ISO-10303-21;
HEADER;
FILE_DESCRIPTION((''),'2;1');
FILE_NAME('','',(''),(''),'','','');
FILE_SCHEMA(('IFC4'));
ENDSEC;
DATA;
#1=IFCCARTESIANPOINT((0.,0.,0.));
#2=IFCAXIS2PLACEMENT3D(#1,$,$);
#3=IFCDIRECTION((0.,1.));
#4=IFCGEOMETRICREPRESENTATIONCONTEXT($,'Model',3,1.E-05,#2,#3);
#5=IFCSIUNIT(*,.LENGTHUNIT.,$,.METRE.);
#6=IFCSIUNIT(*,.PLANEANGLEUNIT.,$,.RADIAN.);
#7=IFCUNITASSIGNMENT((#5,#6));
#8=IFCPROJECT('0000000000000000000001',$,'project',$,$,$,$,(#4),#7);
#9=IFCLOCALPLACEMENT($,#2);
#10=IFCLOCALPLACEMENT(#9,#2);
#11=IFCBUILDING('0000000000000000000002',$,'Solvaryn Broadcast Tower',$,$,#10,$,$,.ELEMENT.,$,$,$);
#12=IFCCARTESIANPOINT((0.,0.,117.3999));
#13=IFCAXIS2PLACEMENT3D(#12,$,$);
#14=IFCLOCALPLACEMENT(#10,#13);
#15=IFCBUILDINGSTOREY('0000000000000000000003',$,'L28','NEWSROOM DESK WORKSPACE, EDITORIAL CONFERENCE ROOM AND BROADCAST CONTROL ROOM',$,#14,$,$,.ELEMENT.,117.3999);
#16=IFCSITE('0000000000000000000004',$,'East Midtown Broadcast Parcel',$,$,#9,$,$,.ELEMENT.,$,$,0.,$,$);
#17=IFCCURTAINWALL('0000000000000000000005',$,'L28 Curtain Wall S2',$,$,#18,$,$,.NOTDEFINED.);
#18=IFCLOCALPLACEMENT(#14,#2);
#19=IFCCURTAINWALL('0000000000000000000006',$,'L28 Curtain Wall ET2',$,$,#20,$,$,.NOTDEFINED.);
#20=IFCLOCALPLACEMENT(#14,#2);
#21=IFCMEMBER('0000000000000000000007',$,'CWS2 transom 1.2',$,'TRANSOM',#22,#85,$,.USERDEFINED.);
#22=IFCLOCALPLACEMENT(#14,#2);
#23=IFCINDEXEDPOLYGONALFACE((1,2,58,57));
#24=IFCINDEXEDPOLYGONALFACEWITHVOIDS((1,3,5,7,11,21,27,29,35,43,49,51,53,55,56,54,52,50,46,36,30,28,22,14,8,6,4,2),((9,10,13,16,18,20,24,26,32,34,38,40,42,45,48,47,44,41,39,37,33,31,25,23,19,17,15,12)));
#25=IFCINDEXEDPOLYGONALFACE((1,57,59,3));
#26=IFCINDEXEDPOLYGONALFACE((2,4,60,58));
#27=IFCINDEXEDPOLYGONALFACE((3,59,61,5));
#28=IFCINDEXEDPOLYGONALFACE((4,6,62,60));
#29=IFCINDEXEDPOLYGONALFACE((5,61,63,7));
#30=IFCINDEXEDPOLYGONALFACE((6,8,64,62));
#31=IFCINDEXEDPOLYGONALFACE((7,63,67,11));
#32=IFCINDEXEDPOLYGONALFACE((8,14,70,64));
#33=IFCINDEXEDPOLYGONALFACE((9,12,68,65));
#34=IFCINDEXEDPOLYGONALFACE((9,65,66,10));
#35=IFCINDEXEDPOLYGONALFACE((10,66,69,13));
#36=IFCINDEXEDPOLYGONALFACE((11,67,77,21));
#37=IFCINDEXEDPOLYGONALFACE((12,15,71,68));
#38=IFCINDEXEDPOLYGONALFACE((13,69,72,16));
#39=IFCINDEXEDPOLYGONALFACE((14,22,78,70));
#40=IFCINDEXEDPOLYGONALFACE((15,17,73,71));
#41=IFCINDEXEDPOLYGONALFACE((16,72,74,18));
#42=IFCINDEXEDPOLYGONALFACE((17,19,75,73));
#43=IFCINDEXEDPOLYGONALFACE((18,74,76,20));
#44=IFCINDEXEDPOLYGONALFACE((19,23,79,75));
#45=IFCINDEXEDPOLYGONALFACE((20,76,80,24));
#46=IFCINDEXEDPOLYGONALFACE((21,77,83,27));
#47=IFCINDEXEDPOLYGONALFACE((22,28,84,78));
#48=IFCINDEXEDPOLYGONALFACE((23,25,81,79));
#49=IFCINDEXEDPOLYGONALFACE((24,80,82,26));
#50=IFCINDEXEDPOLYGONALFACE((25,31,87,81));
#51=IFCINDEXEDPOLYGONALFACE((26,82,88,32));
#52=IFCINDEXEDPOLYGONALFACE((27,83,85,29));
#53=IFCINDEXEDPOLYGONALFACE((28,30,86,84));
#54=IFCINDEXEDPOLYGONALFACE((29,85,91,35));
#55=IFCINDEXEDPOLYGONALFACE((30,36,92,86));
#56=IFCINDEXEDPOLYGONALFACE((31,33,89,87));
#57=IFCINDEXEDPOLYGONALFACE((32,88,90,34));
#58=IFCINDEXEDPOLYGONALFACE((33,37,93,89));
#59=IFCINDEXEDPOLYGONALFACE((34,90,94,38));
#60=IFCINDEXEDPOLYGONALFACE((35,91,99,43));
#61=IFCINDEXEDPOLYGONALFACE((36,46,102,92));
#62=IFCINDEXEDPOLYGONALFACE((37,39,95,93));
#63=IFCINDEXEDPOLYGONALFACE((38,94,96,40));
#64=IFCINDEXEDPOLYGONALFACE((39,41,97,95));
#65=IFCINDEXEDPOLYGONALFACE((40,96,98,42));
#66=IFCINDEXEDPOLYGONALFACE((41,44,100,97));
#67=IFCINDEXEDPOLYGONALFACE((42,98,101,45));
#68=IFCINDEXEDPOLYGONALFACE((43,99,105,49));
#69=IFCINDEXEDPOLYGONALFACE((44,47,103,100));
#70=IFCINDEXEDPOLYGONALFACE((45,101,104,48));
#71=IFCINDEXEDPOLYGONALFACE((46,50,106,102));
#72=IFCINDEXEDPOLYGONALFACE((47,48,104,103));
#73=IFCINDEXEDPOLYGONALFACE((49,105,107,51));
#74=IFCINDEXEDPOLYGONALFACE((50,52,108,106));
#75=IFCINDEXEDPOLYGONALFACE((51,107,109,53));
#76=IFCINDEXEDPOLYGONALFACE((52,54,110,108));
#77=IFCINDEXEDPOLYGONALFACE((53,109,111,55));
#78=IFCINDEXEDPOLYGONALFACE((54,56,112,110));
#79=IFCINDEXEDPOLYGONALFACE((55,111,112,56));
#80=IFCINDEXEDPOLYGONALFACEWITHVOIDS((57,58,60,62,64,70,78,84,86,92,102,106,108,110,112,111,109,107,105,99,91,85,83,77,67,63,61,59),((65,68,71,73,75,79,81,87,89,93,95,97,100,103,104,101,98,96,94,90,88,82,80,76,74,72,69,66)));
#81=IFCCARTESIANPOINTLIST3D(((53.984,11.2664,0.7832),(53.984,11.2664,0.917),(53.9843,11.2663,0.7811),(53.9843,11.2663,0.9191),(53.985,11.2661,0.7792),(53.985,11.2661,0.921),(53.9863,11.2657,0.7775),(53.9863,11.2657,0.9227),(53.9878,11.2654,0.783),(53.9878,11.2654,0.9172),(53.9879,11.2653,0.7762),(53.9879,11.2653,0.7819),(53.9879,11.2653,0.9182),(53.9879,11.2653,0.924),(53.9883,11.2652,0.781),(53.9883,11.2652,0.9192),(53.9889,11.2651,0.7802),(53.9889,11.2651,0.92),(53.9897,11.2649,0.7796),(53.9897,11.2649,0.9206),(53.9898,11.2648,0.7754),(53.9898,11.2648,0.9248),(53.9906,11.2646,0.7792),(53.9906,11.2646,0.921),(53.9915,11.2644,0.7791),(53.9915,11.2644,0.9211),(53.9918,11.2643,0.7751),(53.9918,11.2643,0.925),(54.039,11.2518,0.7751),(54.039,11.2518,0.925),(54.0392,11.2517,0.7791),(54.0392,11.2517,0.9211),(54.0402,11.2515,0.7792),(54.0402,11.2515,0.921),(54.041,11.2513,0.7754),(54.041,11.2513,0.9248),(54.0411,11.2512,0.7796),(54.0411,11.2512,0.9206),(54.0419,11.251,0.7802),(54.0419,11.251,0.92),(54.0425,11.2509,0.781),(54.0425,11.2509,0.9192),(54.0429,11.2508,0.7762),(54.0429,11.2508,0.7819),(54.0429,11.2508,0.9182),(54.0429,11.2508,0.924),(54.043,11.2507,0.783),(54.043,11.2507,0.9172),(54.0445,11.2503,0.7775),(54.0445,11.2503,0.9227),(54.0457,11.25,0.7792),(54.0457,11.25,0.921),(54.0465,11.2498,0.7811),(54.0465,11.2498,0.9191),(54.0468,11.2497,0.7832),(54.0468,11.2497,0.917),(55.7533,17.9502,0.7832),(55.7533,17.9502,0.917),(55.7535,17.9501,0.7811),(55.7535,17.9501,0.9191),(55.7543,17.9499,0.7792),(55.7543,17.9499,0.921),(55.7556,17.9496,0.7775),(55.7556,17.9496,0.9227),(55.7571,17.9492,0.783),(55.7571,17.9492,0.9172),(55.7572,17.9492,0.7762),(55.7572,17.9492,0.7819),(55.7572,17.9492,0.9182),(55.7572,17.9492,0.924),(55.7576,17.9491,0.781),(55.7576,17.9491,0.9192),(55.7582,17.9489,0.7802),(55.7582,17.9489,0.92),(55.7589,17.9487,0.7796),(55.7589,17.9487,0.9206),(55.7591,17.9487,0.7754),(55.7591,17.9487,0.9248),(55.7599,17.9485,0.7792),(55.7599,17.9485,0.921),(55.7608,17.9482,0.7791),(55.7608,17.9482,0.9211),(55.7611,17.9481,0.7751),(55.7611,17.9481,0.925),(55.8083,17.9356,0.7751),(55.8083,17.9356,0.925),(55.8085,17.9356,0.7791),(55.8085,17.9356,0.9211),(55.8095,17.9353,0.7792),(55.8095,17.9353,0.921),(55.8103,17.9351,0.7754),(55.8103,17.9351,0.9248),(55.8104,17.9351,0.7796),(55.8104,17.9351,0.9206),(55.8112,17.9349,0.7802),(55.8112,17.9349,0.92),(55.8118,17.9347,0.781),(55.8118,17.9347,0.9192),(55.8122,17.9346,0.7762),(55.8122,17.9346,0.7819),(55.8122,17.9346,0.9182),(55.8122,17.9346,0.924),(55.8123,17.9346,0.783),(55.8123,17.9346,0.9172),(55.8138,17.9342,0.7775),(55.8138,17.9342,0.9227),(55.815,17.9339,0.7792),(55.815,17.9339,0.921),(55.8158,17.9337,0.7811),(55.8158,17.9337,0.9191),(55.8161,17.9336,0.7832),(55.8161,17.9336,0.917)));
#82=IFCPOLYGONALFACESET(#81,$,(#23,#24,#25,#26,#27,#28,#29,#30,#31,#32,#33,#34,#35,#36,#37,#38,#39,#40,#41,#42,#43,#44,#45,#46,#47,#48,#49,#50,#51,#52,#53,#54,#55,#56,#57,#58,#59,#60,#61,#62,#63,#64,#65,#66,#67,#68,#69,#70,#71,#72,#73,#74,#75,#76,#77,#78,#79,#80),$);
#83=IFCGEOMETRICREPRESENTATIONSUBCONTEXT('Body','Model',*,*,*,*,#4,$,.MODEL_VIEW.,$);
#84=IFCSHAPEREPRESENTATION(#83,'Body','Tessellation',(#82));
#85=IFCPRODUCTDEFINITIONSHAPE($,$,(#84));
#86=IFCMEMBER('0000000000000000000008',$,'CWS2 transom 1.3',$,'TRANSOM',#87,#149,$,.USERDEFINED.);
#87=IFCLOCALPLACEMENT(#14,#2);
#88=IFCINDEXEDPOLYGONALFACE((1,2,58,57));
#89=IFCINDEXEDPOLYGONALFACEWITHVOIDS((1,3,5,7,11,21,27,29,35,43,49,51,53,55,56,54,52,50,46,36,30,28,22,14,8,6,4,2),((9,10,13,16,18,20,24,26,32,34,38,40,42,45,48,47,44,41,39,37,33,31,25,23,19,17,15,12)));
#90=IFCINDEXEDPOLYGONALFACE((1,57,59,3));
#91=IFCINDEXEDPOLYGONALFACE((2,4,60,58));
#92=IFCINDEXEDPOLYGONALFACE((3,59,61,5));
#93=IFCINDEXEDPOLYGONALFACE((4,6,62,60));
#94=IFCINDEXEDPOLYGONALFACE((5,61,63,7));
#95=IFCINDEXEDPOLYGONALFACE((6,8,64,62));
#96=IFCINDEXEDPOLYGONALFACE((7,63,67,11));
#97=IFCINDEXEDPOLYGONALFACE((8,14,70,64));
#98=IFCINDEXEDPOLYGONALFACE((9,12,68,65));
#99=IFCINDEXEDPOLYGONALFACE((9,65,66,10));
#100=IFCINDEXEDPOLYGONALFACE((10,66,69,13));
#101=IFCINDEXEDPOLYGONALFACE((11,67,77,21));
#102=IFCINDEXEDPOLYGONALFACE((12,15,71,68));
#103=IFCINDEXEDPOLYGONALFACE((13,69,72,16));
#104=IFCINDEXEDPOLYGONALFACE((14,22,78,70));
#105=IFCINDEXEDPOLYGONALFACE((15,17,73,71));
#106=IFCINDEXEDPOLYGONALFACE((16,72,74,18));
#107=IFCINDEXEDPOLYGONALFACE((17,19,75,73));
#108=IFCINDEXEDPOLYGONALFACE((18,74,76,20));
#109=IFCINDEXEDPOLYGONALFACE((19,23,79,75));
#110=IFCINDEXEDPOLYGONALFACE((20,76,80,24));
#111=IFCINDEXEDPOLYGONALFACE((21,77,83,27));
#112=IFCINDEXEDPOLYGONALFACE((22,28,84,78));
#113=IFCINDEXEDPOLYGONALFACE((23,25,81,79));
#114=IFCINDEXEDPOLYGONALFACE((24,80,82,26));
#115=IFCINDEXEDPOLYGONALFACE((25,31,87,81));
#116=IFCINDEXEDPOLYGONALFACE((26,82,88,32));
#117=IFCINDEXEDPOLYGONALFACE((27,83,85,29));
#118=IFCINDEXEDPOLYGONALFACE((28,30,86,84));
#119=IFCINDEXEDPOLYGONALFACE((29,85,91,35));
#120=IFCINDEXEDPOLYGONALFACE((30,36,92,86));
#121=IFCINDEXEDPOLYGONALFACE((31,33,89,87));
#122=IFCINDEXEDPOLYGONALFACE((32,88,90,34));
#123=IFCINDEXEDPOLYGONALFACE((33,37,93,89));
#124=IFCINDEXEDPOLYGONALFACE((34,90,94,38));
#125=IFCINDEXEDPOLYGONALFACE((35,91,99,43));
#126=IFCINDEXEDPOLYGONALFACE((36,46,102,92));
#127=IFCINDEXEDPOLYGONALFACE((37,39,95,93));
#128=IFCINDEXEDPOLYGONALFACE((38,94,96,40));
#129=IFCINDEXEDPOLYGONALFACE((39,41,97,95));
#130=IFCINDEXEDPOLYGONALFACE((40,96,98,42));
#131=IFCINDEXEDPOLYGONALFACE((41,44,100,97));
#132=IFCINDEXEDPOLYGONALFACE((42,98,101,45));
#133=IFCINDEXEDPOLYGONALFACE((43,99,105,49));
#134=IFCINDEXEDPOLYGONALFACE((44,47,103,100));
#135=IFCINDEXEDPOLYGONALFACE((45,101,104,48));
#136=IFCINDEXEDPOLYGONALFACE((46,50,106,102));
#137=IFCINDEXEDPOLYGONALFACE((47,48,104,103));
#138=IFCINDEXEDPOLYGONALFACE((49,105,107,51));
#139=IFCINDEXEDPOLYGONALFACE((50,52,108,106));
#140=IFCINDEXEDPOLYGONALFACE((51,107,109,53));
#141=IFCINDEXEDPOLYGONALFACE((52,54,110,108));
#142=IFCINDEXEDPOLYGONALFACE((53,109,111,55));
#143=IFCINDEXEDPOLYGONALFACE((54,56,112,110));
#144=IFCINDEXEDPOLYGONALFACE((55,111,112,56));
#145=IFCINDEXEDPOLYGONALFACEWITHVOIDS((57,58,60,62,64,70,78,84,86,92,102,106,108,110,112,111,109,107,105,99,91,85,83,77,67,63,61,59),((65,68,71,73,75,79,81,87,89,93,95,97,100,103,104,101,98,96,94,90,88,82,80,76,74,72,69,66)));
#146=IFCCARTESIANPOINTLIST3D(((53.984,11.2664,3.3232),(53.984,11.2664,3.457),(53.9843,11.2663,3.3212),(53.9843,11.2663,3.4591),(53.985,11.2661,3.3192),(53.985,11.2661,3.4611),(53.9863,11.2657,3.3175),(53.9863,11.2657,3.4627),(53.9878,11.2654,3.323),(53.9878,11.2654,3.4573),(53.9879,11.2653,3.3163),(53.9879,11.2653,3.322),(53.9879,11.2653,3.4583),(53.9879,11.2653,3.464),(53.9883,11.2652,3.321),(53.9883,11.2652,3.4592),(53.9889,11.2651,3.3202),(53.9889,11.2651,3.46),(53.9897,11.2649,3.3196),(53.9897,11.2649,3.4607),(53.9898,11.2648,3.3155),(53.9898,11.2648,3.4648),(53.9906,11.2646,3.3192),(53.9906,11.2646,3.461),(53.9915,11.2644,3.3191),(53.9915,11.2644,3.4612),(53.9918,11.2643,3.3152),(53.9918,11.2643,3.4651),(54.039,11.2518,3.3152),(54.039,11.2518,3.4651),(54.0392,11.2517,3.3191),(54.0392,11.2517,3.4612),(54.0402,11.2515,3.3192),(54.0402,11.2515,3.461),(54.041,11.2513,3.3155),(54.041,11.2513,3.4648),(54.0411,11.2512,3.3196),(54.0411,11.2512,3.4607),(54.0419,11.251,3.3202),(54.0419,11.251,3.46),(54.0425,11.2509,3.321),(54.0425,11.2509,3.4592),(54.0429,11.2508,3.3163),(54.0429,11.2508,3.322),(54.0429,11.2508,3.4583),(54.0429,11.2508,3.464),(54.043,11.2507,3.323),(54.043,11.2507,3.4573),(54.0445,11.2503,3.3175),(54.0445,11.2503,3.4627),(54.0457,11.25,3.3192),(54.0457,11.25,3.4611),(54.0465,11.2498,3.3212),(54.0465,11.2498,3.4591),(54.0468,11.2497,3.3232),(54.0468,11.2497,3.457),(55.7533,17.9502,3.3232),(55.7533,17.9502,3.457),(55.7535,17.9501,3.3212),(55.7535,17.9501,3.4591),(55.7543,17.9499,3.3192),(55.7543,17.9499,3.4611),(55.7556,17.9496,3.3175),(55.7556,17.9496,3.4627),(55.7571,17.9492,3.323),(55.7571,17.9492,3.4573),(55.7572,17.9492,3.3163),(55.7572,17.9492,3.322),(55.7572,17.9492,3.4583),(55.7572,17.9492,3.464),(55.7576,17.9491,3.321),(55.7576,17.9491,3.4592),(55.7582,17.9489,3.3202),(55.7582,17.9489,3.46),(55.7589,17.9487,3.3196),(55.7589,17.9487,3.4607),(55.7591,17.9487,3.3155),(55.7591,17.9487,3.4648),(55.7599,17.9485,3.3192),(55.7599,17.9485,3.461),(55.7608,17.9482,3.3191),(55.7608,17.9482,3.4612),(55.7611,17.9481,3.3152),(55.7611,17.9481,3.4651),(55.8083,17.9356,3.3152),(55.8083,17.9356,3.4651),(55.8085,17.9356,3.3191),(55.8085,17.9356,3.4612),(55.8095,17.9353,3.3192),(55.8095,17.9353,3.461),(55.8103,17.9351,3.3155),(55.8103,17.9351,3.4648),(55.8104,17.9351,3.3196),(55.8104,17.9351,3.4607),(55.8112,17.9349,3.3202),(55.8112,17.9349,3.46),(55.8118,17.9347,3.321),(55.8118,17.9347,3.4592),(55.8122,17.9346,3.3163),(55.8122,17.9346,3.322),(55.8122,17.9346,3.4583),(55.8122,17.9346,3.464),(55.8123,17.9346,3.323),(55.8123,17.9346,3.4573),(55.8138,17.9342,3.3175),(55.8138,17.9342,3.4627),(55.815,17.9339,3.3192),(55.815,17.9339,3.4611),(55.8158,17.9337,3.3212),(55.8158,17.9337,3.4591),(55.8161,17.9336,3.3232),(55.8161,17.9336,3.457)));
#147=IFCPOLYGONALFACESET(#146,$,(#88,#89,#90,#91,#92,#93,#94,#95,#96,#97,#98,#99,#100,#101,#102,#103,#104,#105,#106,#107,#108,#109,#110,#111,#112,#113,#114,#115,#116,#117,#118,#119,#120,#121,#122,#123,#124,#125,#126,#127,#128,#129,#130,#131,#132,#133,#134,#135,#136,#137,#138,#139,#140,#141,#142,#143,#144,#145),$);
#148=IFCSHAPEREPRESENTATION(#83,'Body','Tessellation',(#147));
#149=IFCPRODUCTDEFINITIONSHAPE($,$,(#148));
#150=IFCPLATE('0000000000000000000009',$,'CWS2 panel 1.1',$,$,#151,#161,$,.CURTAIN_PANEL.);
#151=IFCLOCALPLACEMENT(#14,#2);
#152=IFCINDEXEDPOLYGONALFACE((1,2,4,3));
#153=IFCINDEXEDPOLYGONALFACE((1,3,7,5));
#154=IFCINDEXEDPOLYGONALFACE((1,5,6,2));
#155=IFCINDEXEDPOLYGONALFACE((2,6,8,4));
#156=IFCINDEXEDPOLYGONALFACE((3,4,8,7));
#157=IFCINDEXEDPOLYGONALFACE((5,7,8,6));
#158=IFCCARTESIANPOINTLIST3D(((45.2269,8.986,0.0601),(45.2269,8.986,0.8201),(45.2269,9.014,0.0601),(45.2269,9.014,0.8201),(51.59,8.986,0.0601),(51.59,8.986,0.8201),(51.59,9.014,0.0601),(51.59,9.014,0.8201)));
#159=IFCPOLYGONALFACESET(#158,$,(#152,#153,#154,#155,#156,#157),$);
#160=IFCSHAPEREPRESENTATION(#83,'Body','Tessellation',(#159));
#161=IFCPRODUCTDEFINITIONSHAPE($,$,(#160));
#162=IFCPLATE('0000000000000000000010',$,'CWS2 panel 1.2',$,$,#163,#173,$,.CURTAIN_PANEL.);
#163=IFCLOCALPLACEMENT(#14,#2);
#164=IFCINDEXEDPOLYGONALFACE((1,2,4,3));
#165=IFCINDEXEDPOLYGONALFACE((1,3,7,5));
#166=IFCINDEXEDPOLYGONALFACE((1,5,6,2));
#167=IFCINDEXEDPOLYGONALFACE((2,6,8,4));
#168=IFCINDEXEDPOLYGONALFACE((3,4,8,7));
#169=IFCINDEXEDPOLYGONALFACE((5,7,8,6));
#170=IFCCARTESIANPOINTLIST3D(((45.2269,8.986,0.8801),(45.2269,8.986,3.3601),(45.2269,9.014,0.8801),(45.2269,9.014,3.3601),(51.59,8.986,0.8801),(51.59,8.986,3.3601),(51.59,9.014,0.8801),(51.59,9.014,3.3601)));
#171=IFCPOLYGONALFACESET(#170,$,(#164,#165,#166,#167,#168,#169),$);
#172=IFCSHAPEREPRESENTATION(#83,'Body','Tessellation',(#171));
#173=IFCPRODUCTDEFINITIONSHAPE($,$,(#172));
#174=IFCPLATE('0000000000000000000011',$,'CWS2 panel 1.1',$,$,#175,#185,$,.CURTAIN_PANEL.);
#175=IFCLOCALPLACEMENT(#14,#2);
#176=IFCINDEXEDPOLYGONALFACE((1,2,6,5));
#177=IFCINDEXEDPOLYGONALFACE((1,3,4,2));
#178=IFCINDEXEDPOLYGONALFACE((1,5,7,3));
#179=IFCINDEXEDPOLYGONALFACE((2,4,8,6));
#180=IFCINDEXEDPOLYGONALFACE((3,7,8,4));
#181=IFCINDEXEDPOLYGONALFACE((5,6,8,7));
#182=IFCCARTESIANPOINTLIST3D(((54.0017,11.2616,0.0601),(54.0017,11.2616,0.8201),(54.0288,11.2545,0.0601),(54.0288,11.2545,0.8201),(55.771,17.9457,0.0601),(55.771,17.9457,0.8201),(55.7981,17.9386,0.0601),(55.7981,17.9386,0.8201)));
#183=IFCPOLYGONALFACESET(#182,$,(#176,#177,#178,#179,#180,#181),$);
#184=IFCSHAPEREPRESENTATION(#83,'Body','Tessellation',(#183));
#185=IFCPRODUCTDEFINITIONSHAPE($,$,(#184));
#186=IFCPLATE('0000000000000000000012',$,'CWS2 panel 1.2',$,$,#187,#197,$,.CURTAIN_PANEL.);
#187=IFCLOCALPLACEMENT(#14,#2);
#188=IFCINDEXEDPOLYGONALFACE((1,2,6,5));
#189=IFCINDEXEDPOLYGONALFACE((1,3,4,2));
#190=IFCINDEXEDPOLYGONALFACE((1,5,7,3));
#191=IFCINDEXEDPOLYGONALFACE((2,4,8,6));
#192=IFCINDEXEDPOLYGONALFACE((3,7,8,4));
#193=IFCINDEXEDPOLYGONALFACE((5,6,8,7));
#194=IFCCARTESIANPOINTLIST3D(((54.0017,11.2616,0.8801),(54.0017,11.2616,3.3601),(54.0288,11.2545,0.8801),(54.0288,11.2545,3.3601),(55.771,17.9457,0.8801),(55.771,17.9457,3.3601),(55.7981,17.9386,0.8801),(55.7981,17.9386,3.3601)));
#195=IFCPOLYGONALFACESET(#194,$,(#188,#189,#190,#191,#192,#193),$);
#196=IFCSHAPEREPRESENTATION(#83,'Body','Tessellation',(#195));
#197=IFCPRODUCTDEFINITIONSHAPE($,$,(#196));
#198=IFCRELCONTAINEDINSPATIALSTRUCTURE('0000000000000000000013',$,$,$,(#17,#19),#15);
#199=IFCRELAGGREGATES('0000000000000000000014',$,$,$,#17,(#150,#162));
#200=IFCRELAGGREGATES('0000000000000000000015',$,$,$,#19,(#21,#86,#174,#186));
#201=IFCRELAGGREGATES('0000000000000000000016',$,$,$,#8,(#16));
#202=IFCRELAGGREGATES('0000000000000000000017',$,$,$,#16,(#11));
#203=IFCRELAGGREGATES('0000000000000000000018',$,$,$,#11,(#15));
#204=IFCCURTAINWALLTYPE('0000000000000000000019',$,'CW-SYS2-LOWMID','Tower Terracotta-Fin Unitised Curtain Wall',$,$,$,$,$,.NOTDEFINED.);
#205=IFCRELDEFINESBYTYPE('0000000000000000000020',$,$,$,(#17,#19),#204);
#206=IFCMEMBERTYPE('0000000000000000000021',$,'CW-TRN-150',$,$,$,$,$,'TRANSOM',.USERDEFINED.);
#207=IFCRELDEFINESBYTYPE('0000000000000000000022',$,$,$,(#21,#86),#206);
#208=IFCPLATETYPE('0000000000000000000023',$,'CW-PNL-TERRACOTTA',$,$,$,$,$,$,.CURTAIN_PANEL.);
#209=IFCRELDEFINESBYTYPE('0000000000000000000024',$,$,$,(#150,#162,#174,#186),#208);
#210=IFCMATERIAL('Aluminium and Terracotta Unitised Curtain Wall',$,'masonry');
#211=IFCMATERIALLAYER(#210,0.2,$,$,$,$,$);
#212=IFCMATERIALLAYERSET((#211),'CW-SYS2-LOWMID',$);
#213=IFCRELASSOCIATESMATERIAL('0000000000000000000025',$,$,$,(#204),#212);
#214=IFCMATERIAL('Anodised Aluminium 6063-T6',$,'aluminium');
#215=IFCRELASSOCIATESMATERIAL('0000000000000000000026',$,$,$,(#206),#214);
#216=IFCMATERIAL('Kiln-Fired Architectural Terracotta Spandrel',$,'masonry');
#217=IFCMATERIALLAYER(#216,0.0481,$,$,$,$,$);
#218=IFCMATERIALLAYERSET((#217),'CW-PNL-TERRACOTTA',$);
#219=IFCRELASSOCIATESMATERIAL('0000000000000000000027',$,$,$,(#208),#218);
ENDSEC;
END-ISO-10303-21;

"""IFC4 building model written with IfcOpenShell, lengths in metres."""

from ifc_helpers import new_model, si_unit, direction, frame, origin, origin_2d, place, context, subcontext, project, spatial, rectangle, hollow_rectangle, extrude, material, layer, layer_set, material_profile, profile_set, type_object, element, aggregate, save


model = new_model("IFC4")

# Units and contexts
model_context = context("Model", 3, precision=1e-05, world=origin(), true_north=direction((0.0, 1.0)))
body_context = subcontext(model_context, "Body", "Model", "MODEL_VIEW")
ifc_project = project(units=[si_unit("LENGTHUNIT", "METRE"), si_unit("PLANEANGLEUNIT", "RADIAN")], contexts=[model_context])

# Site, building, storey
site_placement = place(None, origin())
site = spatial("IfcSite", under=ifc_project, at=site_placement, Name="East Midtown Broadcast Parcel", CompositionType="ELEMENT", RefElevation=0.0)
building_placement = place(site_placement, origin())
building = spatial("IfcBuilding", under=site, at=building_placement, Name="Solvaryn Broadcast Tower", CompositionType="ELEMENT")
storey_placement = place(building_placement, frame((0.0, 0.0, 117.3999)))
storey = spatial("IfcBuildingStorey", under=building, at=storey_placement, Name="L28", Description="NEWSROOM DESK WORKSPACE, EDITORIAL CONFERENCE ROOM AND BROADCAST CONTROL ROOM", CompositionType="ELEMENT", Elevation=117.3999)

# Curtain wall
ifc_material_1 = material(Name="Aluminium and Terracotta Unitised Curtain Wall", Category="masonry")
ifc_layer_1 = layer(ifc_material_1, 0.2)
ifc_layer_set_1 = layer_set([ifc_layer_1], Name="CW-SYS2-LOWMID")
curtain_wall_type = type_object("IfcCurtainWallType", Name="CW-SYS2-LOWMID", Description="Tower Terracotta-Fin Unitised Curtain Wall", PredefinedType="NOTDEFINED", material=ifc_layer_set_1)
curtain_wall_1_placement = place(storey_placement, origin())
curtain_wall_1 = element("IfcCurtainWall", 1, at=curtain_wall_1_placement, inside=storey, type_object=curtain_wall_type, Name="L28 Curtain Wall S2", PredefinedType="NOTDEFINED")

# Curtain wall
curtain_wall_2_placement = place(storey_placement, origin())
curtain_wall_2 = element("IfcCurtainWall", 2, at=curtain_wall_2_placement, inside=storey, type_object=curtain_wall_type, Name="L28 Curtain Wall ET2", PredefinedType="NOTDEFINED")

# Members
ifc_material_2 = material(Name="Anodised Aluminium 6063-T6", Category="aluminium")
ifc_material_profile_1 = material_profile(ifc_material_2, hollow_rectangle(XDim=0.0649, YDim=0.1499, WallThickness=0.0039, InnerFilletRadius=0.0039, OuterFilletRadius=0.0081, at=origin_2d()))
ifc_profile_set_1 = profile_set([ifc_material_profile_1], Name="Anodised Aluminium 6063-T6")
member_type_1 = type_object("IfcMemberType", Name="CW-TRN-150", ElementType="TRANSOM", PredefinedType="USERDEFINED", material=ifc_profile_set_1)
member_1_placement = place(storey_placement, frame((55.7847, 17.9419, 0.8501), z_axis=(-0.255897, -0.966704, 0.0), x_axis=(0.966704, -0.255897, 0.0)))
member_1 = element("IfcMember", 3, at=member_1_placement, type_object=member_type_1, Name="CWS2 transom 1.2", ObjectType="TRANSOM", PredefinedType="USERDEFINED", context=body_context, shape_type="SweptSolid", body=[
    extrude(hollow_rectangle(XDim=0.0649, YDim=0.1499, WallThickness=0.0039, InnerFilletRadius=0.0039, OuterFilletRadius=0.0081, at=origin_2d()), origin(), (0.0, 0.0, 1.0), 6.9141),
])
member_2_placement = place(storey_placement, frame((55.7847, 17.9419, 3.3901), z_axis=(-0.255897, -0.966704, 0.0), x_axis=(0.966704, -0.255897, 0.0)))
member_2 = element("IfcMember", 4, at=member_2_placement, type_object=member_type_1, Name="CWS2 transom 1.3", ObjectType="TRANSOM", PredefinedType="USERDEFINED", context=body_context, shape_type="SweptSolid", body=[
    extrude(hollow_rectangle(XDim=0.0649, YDim=0.1499, WallThickness=0.0039, InnerFilletRadius=0.0039, OuterFilletRadius=0.0081, at=origin_2d()), origin(), (0.0, 0.0, 1.0), 6.9141),
])

# Plates
ifc_material_3 = material(Name="Kiln-Fired Architectural Terracotta Spandrel", Category="masonry")
ifc_layer_2 = layer(ifc_material_3, 0.0481)
ifc_layer_set_2 = layer_set([ifc_layer_2], Name="CW-PNL-TERRACOTTA")
plate_type = type_object("IfcPlateType", Name="CW-PNL-TERRACOTTA", PredefinedType="CURTAIN_PANEL", material=ifc_layer_set_2)
plate_1_placement = place(storey_placement, frame((48.4084, 9.0, 0.0601), z_axis=(0.0, 0.0, 1.0), x_axis=(1.0, 0.0, 0.0)))
plate_1 = element("IfcPlate", 5, at=plate_1_placement, type_object=plate_type, Name="CWS2 panel 1.1", PredefinedType="CURTAIN_PANEL", context=body_context, shape_type="SweptSolid", body=[
    extrude(rectangle(XDim=6.363, YDim=0.0281, at=origin_2d()), origin(), (0.0, 0.0, 1.0), 0.76),
])
plate_2_placement = place(storey_placement, frame((48.4084, 9.0, 0.8801), z_axis=(0.0, 0.0, 1.0), x_axis=(1.0, 0.0, 0.0)))
plate_2 = element("IfcPlate", 6, at=plate_2_placement, type_object=plate_type, Name="CWS2 panel 1.2", PredefinedType="CURTAIN_PANEL", context=body_context, shape_type="SweptSolid", body=[
    extrude(rectangle(XDim=6.363, YDim=0.0281, at=origin_2d()), origin(), (0.0, 0.0, 1.0), 2.48),
])
aggregate(curtain_wall_1, [plate_1, plate_2])
plate_3_placement = place(storey_placement, frame((54.8999, 14.6001, 0.0601), z_axis=(0.0, 0.0, 1.0), x_axis=(-0.255893, -0.966705, 0.0)))
plate_3 = element("IfcPlate", 7, at=plate_3_placement, type_object=plate_type, Name="CWS2 panel 1.1", PredefinedType="CURTAIN_PANEL", context=body_context, shape_type="SweptSolid", body=[
    extrude(rectangle(XDim=6.9143, YDim=0.0281, at=origin_2d()), origin(), (0.0, 0.0, 1.0), 0.76),
])
plate_4_placement = place(storey_placement, frame((54.8999, 14.6001, 0.8801), z_axis=(0.0, 0.0, 1.0), x_axis=(-0.255893, -0.966705, 0.0)))
plate_4 = element("IfcPlate", 8, at=plate_4_placement, type_object=plate_type, Name="CWS2 panel 1.2", PredefinedType="CURTAIN_PANEL", context=body_context, shape_type="SweptSolid", body=[
    extrude(rectangle(XDim=6.9143, YDim=0.0281, at=origin_2d()), origin(), (0.0, 0.0, 1.0), 2.48),
])
aggregate(curtain_wall_2, [member_1, member_2, plate_3, plate_4])

save(model, "model.ifc")
